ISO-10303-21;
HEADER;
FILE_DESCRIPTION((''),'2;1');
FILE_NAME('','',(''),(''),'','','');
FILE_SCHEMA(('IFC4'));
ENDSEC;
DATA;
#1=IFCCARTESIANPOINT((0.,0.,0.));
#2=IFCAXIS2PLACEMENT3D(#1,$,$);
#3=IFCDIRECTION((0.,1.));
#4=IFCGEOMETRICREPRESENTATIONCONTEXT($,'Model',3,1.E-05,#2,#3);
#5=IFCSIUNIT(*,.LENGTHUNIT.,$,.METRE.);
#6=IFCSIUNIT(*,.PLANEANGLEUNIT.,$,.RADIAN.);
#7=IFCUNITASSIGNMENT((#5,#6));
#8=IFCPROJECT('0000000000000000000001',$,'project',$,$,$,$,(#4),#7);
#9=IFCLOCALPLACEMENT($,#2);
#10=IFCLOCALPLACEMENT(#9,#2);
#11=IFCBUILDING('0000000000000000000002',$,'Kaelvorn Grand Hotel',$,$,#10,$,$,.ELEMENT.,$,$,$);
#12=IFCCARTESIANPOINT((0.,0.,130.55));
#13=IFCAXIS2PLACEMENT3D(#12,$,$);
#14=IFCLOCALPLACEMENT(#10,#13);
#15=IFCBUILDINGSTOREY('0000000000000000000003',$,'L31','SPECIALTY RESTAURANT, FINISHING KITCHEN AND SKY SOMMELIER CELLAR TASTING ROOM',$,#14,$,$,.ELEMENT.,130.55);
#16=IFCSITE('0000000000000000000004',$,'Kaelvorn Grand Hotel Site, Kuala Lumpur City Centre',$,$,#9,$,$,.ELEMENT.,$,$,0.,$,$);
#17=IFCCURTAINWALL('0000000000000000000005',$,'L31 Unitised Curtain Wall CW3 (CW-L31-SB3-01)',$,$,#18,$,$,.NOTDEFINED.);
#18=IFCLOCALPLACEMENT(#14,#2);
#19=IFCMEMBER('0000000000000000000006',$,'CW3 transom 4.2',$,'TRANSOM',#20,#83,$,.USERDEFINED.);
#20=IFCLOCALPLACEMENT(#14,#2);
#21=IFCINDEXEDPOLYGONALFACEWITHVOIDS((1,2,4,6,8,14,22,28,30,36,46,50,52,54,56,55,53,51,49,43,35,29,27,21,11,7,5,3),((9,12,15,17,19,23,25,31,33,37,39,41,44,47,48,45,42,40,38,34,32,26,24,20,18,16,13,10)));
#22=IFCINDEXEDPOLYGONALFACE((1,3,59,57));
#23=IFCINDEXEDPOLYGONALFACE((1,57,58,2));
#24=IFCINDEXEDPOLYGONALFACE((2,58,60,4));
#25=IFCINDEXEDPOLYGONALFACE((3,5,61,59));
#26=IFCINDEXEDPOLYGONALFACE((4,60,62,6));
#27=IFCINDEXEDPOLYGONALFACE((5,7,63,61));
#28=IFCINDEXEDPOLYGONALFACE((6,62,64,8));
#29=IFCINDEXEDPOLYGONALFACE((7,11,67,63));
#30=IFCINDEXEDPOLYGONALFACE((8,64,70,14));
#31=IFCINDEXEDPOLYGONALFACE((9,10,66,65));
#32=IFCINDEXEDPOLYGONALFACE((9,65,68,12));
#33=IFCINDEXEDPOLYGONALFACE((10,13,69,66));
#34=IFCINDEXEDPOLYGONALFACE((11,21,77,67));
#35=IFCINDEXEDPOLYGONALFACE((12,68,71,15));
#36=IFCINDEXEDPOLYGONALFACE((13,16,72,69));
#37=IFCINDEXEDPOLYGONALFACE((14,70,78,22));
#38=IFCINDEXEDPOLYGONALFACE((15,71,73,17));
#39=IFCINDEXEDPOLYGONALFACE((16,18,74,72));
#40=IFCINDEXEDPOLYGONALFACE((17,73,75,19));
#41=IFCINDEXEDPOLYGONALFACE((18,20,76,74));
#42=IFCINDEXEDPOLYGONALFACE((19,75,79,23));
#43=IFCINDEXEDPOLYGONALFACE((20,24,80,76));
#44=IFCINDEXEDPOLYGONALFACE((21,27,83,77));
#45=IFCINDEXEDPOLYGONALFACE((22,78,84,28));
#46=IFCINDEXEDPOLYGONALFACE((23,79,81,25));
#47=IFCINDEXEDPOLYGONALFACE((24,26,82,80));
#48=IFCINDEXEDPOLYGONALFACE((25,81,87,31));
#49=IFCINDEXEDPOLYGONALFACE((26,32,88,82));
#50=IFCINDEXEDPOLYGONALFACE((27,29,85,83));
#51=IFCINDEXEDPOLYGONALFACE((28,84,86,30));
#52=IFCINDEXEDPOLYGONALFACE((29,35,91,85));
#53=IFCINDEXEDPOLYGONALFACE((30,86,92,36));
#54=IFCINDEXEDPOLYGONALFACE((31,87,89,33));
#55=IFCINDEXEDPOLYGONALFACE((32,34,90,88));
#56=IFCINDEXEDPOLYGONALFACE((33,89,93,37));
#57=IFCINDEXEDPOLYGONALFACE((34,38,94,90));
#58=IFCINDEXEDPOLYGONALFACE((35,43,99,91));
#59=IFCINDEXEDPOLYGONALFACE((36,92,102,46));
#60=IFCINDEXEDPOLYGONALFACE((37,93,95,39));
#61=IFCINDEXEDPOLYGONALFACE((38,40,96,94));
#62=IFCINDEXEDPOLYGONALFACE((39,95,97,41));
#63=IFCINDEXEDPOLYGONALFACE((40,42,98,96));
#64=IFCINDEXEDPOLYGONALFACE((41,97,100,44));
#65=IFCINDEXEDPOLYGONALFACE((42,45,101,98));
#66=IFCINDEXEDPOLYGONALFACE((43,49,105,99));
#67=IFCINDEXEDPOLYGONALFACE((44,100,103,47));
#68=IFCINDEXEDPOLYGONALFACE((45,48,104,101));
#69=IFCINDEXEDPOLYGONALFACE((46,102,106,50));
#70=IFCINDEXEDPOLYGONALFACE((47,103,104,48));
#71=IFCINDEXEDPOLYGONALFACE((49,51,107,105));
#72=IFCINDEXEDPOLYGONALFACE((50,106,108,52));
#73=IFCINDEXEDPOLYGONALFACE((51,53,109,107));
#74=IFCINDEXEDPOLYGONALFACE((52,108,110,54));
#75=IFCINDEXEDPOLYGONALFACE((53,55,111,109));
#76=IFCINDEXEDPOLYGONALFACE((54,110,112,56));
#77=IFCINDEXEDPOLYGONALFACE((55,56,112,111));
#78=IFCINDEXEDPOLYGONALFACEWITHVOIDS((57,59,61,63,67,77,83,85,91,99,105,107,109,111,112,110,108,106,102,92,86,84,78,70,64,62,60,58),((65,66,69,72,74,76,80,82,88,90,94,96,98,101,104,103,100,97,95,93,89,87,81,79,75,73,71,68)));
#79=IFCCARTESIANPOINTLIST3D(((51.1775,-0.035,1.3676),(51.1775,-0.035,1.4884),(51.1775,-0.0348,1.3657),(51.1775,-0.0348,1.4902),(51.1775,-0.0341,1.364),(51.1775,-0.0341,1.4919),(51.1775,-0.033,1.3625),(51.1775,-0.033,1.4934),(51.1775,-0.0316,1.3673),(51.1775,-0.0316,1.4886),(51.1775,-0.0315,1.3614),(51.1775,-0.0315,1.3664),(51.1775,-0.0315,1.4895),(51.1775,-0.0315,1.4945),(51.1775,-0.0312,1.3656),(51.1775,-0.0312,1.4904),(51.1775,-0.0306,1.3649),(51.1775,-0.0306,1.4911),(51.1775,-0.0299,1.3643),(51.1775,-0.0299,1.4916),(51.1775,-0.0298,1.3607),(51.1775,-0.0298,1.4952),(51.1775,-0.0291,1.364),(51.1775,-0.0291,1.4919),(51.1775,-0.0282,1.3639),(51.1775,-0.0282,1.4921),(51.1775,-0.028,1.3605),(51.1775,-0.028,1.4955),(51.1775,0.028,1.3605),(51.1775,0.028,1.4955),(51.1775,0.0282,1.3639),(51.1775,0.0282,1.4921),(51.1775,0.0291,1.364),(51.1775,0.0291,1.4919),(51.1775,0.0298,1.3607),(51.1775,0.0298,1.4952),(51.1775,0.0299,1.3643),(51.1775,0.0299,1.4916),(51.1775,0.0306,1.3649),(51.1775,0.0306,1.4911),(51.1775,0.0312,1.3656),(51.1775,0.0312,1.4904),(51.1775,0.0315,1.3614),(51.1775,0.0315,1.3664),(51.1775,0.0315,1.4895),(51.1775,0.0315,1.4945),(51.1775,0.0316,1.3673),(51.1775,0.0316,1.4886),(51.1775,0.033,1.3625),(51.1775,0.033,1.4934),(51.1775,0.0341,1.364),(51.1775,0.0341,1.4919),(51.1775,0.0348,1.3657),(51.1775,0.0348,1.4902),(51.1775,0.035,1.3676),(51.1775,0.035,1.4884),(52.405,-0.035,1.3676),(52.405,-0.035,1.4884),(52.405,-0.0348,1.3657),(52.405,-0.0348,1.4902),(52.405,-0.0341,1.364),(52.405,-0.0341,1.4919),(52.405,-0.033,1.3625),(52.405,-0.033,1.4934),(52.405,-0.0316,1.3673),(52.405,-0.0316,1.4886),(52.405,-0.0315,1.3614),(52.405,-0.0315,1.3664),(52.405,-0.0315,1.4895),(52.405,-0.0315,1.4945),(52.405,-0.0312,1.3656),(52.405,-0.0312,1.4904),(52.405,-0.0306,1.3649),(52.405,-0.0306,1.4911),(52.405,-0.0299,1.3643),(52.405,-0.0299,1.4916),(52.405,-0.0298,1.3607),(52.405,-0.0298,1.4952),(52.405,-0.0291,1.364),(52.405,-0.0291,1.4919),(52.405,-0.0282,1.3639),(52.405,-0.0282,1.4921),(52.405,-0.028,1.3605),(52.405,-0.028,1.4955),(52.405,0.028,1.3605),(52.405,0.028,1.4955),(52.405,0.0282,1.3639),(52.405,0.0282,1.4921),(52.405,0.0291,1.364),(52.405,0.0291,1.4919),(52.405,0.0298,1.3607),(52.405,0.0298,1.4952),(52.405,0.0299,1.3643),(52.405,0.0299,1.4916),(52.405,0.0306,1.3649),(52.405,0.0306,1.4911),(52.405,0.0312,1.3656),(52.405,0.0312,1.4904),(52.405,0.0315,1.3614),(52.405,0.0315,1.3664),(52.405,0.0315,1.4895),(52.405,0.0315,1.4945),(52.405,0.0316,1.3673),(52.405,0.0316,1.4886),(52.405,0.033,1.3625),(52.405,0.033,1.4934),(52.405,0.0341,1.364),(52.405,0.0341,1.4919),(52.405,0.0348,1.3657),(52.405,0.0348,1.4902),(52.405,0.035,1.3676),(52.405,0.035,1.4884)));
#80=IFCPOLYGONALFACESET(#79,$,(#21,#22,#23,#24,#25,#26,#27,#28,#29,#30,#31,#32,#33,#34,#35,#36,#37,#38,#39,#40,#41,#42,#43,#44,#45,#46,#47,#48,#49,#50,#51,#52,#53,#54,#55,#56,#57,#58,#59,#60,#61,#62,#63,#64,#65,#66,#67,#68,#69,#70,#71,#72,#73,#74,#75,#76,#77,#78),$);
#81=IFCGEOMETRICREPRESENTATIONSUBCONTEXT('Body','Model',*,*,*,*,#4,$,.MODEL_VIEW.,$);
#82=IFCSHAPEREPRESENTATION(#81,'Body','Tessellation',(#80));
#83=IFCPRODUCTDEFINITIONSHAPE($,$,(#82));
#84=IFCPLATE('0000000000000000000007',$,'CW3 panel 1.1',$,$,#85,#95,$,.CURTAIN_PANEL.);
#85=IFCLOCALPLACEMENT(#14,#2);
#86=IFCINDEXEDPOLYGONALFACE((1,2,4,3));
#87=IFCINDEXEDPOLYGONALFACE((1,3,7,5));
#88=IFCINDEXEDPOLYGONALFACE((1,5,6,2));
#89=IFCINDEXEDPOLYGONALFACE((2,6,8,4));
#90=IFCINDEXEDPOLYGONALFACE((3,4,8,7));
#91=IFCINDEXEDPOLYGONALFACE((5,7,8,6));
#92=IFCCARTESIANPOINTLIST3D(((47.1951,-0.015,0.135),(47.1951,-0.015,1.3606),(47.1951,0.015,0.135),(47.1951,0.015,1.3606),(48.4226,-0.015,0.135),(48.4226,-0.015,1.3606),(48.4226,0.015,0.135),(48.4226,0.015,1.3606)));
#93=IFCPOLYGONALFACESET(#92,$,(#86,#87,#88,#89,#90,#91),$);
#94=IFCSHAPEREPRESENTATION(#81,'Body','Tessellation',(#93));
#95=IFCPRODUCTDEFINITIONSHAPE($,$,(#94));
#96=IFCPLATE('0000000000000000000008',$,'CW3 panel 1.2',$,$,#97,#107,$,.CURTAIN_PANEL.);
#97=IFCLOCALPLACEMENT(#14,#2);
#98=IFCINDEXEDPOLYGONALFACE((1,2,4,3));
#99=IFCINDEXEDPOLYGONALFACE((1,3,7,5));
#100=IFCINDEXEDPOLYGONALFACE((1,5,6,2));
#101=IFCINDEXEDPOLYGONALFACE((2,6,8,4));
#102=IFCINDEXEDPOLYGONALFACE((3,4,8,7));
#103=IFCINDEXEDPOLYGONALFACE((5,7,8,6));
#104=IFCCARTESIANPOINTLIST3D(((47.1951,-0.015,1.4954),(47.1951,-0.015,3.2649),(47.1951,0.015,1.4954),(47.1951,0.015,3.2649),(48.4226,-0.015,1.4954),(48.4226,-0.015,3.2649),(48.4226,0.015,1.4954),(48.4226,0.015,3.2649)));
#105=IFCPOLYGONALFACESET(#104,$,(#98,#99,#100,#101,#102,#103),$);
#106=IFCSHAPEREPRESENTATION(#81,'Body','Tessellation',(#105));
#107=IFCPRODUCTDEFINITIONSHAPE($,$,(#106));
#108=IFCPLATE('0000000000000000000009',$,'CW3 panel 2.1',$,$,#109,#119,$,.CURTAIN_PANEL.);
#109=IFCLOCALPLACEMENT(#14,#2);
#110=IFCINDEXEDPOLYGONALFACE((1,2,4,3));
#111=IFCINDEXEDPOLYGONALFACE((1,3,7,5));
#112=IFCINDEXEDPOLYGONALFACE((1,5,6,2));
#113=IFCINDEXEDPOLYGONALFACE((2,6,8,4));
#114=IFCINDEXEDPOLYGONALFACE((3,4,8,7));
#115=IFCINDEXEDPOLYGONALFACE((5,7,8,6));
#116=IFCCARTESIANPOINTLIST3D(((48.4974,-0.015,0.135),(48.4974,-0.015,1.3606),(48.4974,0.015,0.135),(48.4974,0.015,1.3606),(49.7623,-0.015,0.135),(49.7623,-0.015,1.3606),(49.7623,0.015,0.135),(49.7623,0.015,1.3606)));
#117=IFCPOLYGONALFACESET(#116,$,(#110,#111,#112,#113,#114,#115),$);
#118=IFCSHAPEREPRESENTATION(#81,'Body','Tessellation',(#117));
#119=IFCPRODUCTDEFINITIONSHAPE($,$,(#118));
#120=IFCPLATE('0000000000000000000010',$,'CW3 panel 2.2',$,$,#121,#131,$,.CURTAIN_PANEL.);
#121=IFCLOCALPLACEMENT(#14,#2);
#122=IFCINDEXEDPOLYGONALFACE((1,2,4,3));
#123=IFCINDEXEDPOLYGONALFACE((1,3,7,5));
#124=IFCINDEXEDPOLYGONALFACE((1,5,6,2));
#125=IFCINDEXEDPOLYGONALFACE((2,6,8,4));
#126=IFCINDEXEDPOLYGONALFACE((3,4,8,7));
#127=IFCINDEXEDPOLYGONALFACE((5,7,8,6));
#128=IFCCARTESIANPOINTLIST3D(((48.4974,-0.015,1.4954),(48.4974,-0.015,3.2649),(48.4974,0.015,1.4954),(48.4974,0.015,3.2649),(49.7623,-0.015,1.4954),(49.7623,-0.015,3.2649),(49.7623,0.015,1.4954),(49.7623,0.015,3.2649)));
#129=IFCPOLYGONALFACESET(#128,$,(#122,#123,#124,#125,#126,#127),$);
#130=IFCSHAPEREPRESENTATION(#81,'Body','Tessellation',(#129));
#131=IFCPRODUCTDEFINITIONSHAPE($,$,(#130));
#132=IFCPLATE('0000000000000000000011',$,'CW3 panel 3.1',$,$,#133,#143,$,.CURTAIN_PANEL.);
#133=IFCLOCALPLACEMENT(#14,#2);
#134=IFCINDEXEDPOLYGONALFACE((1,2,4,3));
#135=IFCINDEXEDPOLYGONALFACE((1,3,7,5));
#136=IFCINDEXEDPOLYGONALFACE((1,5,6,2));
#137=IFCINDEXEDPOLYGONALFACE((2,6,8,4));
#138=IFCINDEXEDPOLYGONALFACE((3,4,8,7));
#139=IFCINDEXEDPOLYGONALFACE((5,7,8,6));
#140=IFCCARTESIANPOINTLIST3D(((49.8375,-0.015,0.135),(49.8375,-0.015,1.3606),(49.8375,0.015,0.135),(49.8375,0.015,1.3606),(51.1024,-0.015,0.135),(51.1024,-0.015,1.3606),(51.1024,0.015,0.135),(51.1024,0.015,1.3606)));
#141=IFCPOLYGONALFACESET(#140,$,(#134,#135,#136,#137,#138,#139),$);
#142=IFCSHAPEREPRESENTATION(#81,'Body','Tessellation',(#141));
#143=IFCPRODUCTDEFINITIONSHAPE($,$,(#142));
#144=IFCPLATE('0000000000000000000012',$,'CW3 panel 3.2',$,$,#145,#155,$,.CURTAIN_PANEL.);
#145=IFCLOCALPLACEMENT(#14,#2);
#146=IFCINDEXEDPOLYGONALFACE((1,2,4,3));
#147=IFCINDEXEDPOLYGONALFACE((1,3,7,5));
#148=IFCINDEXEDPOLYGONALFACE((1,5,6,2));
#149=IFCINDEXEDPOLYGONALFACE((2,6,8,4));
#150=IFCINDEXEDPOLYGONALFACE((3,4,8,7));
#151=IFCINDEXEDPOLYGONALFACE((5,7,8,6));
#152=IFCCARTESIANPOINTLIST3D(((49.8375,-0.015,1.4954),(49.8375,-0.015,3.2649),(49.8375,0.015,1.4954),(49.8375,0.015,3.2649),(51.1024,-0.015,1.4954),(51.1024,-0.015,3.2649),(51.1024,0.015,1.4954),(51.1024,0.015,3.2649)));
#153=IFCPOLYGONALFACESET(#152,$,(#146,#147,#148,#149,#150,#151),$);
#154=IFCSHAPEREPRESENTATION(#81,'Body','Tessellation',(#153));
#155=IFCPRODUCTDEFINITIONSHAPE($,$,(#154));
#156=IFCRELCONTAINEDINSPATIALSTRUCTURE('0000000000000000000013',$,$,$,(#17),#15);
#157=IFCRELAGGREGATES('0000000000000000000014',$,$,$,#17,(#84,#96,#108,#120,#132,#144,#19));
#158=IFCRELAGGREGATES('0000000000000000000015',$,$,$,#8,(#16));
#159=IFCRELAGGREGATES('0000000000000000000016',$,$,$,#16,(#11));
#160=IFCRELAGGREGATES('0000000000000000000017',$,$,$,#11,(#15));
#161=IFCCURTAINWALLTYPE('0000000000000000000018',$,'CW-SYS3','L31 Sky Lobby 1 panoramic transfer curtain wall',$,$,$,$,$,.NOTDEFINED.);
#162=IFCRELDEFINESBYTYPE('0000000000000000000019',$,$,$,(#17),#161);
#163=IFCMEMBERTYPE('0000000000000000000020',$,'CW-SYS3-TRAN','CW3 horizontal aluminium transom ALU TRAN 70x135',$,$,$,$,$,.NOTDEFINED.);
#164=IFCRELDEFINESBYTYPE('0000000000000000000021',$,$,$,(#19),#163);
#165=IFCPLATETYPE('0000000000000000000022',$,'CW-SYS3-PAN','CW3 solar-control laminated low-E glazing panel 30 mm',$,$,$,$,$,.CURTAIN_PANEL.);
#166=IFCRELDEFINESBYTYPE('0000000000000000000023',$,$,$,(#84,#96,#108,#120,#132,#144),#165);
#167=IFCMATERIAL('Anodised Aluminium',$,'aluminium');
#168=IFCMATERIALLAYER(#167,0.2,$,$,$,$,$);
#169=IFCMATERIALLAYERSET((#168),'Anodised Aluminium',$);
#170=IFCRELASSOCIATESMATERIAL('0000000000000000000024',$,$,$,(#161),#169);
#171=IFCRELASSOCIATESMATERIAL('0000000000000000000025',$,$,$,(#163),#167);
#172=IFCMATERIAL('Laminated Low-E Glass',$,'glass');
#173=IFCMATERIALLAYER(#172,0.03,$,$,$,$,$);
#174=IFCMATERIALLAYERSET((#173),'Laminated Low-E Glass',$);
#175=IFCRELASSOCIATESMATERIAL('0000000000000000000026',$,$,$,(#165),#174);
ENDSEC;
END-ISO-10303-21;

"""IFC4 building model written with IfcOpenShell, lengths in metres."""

from ifc_helpers import new_model, si_unit, direction, frame, origin, origin_2d, place, context, subcontext, project, spatial, rectangle, hollow_rectangle, extrude, material, layer, layer_set, material_profile, profile_set, type_object, element, aggregate, save


model = new_model("IFC4")

# Units and contexts
model_context = context("Model", 3, precision=1e-05, world=origin(), true_north=direction((0.0, 1.0)))
body_context = subcontext(model_context, "Body", "Model", "MODEL_VIEW")
ifc_project = project(units=[si_unit("LENGTHUNIT", "METRE"), si_unit("PLANEANGLEUNIT", "RADIAN")], contexts=[model_context])

# Site, building, storey
site_placement = place(None, origin())
site = spatial("IfcSite", under=ifc_project, at=site_placement, Name="Kaelvorn Grand Hotel Site, Kuala Lumpur City Centre", CompositionType="ELEMENT", RefElevation=0.0)
building_placement = place(site_placement, origin())
building = spatial("IfcBuilding", under=site, at=building_placement, Name="Kaelvorn Grand Hotel", CompositionType="ELEMENT")
storey_placement = place(building_placement, frame((0.0, 0.0, 130.55)))
storey = spatial("IfcBuildingStorey", under=building, at=storey_placement, Name="L31", Description="SPECIALTY RESTAURANT, FINISHING KITCHEN AND SKY SOMMELIER CELLAR TASTING ROOM", CompositionType="ELEMENT", Elevation=130.55)

# Curtain wall, member, plates
ifc_material_1 = material(Name="Anodised Aluminium", Category="aluminium")
ifc_layer_1 = layer(ifc_material_1, 0.2)
ifc_layer_set_1 = layer_set([ifc_layer_1], Name="Anodised Aluminium")
curtain_wall_type = type_object("IfcCurtainWallType", Name="CW-SYS3", Description="L31 Sky Lobby 1 panoramic transfer curtain wall", PredefinedType="NOTDEFINED", material=ifc_layer_set_1)
curtain_wall_placement = place(storey_placement, origin())
curtain_wall = element("IfcCurtainWall", 1, at=curtain_wall_placement, inside=storey, type_object=curtain_wall_type, Name="L31 Unitised Curtain Wall CW3 (CW-L31-SB3-01)", PredefinedType="NOTDEFINED")
ifc_material_profile_1 = material_profile(ifc_material_1, hollow_rectangle(XDim=0.0701, YDim=0.135, WallThickness=0.0034, InnerFilletRadius=0.0034, OuterFilletRadius=0.0071, at=origin_2d()), Name="ALU TRAN 70x135")
ifc_profile_set_1 = profile_set([ifc_material_profile_1], Name="Anodised Aluminium")
member_type_1 = type_object("IfcMemberType", Name="CW-SYS3-TRAN", Description="CW3 horizontal aluminium transom ALU TRAN 70x135", PredefinedType="NOTDEFINED", material=ifc_profile_set_1)
member_1_placement = place(storey_placement, frame((51.1775, 0.0, 1.428), z_axis=(1.0, 0.0, 0.0), x_axis=(0.0, 1.0, 0.0)))
member_1 = element("IfcMember", 2, at=member_1_placement, type_object=member_type_1, Name="CW3 transom 4.2", ObjectType="TRANSOM", PredefinedType="USERDEFINED", context=body_context, shape_type="SweptSolid", body=[
    extrude(hollow_rectangle(XDim=0.0701, YDim=0.135, WallThickness=0.0034, InnerFilletRadius=0.0034, OuterFilletRadius=0.0071, at=origin_2d()), origin(), (0.0, 0.0, 1.0), 1.2275),
])
ifc_material_2 = material(Name="Laminated Low-E Glass", Category="glass")
ifc_layer_2 = layer(ifc_material_2, 0.03)
ifc_layer_set_2 = layer_set([ifc_layer_2], Name="Laminated Low-E Glass")
plate_type = type_object("IfcPlateType", Name="CW-SYS3-PAN", Description="CW3 solar-control laminated low-E glazing panel 30 mm", PredefinedType="CURTAIN_PANEL", material=ifc_layer_set_2)
plate_1_placement = place(storey_placement, frame((47.8088, 0.0, 0.135), z_axis=(0.0, 0.0, 1.0), x_axis=(1.0, 0.0, 0.0)))
plate_1 = element("IfcPlate", 3, at=plate_1_placement, type_object=plate_type, Name="CW3 panel 1.1", PredefinedType="CURTAIN_PANEL", context=body_context, shape_type="SweptSolid", body=[
    extrude(rectangle(XDim=1.2275, YDim=0.03, at=origin_2d()), origin(), (0.0, 0.0, 1.0), 1.2256),
])
plate_2_placement = place(storey_placement, frame((47.8088, 0.0, 1.4954), z_axis=(0.0, 0.0, 1.0), x_axis=(1.0, 0.0, 0.0)))
plate_2 = element("IfcPlate", 4, at=plate_2_placement, type_object=plate_type, Name="CW3 panel 1.2", PredefinedType="CURTAIN_PANEL", context=body_context, shape_type="SweptSolid", body=[
    extrude(rectangle(XDim=1.2275, YDim=0.03, at=origin_2d()), origin(), (0.0, 0.0, 1.0), 1.7695),
])
plate_3_placement = place(storey_placement, frame((49.1299, 0.0, 0.135), z_axis=(0.0, 0.0, 1.0), x_axis=(1.0, 0.0, 0.0)))
plate_3 = element("IfcPlate", 5, at=plate_3_placement, type_object=plate_type, Name="CW3 panel 2.1", PredefinedType="CURTAIN_PANEL", context=body_context, shape_type="SweptSolid", body=[
    extrude(rectangle(XDim=1.2649, YDim=0.03, at=origin_2d()), origin(), (0.0, 0.0, 1.0), 1.2256),
])
plate_4_placement = place(storey_placement, frame((49.1299, 0.0, 1.4954), z_axis=(0.0, 0.0, 1.0), x_axis=(1.0, 0.0, 0.0)))
plate_4 = element("IfcPlate", 6, at=plate_4_placement, type_object=plate_type, Name="CW3 panel 2.2", PredefinedType="CURTAIN_PANEL", context=body_context, shape_type="SweptSolid", body=[
    extrude(rectangle(XDim=1.2649, YDim=0.03, at=origin_2d()), origin(), (0.0, 0.0, 1.0), 1.7695),
])
plate_5_placement = place(storey_placement, frame((50.47, 0.0, 0.135), z_axis=(0.0, 0.0, 1.0), x_axis=(1.0, 0.0, 0.0)))
plate_5 = element("IfcPlate", 7, at=plate_5_placement, type_object=plate_type, Name="CW3 panel 3.1", PredefinedType="CURTAIN_PANEL", context=body_context, shape_type="SweptSolid", body=[
    extrude(rectangle(XDim=1.2649, YDim=0.03, at=origin_2d()), origin(), (0.0, 0.0, 1.0), 1.2256),
])
plate_6_placement = place(storey_placement, frame((50.47, 0.0, 1.4954), z_axis=(0.0, 0.0, 1.0), x_axis=(1.0, 0.0, 0.0)))
plate_6 = element("IfcPlate", 8, at=plate_6_placement, type_object=plate_type, Name="CW3 panel 3.2", PredefinedType="CURTAIN_PANEL", context=body_context, shape_type="SweptSolid", body=[
    extrude(rectangle(XDim=1.2649, YDim=0.03, at=origin_2d()), origin(), (0.0, 0.0, 1.0), 1.7695),
])
aggregate(curtain_wall, [plate_1, plate_2, plate_3, plate_4, plate_5, plate_6, member_1])

save(model, "model.ifc")
